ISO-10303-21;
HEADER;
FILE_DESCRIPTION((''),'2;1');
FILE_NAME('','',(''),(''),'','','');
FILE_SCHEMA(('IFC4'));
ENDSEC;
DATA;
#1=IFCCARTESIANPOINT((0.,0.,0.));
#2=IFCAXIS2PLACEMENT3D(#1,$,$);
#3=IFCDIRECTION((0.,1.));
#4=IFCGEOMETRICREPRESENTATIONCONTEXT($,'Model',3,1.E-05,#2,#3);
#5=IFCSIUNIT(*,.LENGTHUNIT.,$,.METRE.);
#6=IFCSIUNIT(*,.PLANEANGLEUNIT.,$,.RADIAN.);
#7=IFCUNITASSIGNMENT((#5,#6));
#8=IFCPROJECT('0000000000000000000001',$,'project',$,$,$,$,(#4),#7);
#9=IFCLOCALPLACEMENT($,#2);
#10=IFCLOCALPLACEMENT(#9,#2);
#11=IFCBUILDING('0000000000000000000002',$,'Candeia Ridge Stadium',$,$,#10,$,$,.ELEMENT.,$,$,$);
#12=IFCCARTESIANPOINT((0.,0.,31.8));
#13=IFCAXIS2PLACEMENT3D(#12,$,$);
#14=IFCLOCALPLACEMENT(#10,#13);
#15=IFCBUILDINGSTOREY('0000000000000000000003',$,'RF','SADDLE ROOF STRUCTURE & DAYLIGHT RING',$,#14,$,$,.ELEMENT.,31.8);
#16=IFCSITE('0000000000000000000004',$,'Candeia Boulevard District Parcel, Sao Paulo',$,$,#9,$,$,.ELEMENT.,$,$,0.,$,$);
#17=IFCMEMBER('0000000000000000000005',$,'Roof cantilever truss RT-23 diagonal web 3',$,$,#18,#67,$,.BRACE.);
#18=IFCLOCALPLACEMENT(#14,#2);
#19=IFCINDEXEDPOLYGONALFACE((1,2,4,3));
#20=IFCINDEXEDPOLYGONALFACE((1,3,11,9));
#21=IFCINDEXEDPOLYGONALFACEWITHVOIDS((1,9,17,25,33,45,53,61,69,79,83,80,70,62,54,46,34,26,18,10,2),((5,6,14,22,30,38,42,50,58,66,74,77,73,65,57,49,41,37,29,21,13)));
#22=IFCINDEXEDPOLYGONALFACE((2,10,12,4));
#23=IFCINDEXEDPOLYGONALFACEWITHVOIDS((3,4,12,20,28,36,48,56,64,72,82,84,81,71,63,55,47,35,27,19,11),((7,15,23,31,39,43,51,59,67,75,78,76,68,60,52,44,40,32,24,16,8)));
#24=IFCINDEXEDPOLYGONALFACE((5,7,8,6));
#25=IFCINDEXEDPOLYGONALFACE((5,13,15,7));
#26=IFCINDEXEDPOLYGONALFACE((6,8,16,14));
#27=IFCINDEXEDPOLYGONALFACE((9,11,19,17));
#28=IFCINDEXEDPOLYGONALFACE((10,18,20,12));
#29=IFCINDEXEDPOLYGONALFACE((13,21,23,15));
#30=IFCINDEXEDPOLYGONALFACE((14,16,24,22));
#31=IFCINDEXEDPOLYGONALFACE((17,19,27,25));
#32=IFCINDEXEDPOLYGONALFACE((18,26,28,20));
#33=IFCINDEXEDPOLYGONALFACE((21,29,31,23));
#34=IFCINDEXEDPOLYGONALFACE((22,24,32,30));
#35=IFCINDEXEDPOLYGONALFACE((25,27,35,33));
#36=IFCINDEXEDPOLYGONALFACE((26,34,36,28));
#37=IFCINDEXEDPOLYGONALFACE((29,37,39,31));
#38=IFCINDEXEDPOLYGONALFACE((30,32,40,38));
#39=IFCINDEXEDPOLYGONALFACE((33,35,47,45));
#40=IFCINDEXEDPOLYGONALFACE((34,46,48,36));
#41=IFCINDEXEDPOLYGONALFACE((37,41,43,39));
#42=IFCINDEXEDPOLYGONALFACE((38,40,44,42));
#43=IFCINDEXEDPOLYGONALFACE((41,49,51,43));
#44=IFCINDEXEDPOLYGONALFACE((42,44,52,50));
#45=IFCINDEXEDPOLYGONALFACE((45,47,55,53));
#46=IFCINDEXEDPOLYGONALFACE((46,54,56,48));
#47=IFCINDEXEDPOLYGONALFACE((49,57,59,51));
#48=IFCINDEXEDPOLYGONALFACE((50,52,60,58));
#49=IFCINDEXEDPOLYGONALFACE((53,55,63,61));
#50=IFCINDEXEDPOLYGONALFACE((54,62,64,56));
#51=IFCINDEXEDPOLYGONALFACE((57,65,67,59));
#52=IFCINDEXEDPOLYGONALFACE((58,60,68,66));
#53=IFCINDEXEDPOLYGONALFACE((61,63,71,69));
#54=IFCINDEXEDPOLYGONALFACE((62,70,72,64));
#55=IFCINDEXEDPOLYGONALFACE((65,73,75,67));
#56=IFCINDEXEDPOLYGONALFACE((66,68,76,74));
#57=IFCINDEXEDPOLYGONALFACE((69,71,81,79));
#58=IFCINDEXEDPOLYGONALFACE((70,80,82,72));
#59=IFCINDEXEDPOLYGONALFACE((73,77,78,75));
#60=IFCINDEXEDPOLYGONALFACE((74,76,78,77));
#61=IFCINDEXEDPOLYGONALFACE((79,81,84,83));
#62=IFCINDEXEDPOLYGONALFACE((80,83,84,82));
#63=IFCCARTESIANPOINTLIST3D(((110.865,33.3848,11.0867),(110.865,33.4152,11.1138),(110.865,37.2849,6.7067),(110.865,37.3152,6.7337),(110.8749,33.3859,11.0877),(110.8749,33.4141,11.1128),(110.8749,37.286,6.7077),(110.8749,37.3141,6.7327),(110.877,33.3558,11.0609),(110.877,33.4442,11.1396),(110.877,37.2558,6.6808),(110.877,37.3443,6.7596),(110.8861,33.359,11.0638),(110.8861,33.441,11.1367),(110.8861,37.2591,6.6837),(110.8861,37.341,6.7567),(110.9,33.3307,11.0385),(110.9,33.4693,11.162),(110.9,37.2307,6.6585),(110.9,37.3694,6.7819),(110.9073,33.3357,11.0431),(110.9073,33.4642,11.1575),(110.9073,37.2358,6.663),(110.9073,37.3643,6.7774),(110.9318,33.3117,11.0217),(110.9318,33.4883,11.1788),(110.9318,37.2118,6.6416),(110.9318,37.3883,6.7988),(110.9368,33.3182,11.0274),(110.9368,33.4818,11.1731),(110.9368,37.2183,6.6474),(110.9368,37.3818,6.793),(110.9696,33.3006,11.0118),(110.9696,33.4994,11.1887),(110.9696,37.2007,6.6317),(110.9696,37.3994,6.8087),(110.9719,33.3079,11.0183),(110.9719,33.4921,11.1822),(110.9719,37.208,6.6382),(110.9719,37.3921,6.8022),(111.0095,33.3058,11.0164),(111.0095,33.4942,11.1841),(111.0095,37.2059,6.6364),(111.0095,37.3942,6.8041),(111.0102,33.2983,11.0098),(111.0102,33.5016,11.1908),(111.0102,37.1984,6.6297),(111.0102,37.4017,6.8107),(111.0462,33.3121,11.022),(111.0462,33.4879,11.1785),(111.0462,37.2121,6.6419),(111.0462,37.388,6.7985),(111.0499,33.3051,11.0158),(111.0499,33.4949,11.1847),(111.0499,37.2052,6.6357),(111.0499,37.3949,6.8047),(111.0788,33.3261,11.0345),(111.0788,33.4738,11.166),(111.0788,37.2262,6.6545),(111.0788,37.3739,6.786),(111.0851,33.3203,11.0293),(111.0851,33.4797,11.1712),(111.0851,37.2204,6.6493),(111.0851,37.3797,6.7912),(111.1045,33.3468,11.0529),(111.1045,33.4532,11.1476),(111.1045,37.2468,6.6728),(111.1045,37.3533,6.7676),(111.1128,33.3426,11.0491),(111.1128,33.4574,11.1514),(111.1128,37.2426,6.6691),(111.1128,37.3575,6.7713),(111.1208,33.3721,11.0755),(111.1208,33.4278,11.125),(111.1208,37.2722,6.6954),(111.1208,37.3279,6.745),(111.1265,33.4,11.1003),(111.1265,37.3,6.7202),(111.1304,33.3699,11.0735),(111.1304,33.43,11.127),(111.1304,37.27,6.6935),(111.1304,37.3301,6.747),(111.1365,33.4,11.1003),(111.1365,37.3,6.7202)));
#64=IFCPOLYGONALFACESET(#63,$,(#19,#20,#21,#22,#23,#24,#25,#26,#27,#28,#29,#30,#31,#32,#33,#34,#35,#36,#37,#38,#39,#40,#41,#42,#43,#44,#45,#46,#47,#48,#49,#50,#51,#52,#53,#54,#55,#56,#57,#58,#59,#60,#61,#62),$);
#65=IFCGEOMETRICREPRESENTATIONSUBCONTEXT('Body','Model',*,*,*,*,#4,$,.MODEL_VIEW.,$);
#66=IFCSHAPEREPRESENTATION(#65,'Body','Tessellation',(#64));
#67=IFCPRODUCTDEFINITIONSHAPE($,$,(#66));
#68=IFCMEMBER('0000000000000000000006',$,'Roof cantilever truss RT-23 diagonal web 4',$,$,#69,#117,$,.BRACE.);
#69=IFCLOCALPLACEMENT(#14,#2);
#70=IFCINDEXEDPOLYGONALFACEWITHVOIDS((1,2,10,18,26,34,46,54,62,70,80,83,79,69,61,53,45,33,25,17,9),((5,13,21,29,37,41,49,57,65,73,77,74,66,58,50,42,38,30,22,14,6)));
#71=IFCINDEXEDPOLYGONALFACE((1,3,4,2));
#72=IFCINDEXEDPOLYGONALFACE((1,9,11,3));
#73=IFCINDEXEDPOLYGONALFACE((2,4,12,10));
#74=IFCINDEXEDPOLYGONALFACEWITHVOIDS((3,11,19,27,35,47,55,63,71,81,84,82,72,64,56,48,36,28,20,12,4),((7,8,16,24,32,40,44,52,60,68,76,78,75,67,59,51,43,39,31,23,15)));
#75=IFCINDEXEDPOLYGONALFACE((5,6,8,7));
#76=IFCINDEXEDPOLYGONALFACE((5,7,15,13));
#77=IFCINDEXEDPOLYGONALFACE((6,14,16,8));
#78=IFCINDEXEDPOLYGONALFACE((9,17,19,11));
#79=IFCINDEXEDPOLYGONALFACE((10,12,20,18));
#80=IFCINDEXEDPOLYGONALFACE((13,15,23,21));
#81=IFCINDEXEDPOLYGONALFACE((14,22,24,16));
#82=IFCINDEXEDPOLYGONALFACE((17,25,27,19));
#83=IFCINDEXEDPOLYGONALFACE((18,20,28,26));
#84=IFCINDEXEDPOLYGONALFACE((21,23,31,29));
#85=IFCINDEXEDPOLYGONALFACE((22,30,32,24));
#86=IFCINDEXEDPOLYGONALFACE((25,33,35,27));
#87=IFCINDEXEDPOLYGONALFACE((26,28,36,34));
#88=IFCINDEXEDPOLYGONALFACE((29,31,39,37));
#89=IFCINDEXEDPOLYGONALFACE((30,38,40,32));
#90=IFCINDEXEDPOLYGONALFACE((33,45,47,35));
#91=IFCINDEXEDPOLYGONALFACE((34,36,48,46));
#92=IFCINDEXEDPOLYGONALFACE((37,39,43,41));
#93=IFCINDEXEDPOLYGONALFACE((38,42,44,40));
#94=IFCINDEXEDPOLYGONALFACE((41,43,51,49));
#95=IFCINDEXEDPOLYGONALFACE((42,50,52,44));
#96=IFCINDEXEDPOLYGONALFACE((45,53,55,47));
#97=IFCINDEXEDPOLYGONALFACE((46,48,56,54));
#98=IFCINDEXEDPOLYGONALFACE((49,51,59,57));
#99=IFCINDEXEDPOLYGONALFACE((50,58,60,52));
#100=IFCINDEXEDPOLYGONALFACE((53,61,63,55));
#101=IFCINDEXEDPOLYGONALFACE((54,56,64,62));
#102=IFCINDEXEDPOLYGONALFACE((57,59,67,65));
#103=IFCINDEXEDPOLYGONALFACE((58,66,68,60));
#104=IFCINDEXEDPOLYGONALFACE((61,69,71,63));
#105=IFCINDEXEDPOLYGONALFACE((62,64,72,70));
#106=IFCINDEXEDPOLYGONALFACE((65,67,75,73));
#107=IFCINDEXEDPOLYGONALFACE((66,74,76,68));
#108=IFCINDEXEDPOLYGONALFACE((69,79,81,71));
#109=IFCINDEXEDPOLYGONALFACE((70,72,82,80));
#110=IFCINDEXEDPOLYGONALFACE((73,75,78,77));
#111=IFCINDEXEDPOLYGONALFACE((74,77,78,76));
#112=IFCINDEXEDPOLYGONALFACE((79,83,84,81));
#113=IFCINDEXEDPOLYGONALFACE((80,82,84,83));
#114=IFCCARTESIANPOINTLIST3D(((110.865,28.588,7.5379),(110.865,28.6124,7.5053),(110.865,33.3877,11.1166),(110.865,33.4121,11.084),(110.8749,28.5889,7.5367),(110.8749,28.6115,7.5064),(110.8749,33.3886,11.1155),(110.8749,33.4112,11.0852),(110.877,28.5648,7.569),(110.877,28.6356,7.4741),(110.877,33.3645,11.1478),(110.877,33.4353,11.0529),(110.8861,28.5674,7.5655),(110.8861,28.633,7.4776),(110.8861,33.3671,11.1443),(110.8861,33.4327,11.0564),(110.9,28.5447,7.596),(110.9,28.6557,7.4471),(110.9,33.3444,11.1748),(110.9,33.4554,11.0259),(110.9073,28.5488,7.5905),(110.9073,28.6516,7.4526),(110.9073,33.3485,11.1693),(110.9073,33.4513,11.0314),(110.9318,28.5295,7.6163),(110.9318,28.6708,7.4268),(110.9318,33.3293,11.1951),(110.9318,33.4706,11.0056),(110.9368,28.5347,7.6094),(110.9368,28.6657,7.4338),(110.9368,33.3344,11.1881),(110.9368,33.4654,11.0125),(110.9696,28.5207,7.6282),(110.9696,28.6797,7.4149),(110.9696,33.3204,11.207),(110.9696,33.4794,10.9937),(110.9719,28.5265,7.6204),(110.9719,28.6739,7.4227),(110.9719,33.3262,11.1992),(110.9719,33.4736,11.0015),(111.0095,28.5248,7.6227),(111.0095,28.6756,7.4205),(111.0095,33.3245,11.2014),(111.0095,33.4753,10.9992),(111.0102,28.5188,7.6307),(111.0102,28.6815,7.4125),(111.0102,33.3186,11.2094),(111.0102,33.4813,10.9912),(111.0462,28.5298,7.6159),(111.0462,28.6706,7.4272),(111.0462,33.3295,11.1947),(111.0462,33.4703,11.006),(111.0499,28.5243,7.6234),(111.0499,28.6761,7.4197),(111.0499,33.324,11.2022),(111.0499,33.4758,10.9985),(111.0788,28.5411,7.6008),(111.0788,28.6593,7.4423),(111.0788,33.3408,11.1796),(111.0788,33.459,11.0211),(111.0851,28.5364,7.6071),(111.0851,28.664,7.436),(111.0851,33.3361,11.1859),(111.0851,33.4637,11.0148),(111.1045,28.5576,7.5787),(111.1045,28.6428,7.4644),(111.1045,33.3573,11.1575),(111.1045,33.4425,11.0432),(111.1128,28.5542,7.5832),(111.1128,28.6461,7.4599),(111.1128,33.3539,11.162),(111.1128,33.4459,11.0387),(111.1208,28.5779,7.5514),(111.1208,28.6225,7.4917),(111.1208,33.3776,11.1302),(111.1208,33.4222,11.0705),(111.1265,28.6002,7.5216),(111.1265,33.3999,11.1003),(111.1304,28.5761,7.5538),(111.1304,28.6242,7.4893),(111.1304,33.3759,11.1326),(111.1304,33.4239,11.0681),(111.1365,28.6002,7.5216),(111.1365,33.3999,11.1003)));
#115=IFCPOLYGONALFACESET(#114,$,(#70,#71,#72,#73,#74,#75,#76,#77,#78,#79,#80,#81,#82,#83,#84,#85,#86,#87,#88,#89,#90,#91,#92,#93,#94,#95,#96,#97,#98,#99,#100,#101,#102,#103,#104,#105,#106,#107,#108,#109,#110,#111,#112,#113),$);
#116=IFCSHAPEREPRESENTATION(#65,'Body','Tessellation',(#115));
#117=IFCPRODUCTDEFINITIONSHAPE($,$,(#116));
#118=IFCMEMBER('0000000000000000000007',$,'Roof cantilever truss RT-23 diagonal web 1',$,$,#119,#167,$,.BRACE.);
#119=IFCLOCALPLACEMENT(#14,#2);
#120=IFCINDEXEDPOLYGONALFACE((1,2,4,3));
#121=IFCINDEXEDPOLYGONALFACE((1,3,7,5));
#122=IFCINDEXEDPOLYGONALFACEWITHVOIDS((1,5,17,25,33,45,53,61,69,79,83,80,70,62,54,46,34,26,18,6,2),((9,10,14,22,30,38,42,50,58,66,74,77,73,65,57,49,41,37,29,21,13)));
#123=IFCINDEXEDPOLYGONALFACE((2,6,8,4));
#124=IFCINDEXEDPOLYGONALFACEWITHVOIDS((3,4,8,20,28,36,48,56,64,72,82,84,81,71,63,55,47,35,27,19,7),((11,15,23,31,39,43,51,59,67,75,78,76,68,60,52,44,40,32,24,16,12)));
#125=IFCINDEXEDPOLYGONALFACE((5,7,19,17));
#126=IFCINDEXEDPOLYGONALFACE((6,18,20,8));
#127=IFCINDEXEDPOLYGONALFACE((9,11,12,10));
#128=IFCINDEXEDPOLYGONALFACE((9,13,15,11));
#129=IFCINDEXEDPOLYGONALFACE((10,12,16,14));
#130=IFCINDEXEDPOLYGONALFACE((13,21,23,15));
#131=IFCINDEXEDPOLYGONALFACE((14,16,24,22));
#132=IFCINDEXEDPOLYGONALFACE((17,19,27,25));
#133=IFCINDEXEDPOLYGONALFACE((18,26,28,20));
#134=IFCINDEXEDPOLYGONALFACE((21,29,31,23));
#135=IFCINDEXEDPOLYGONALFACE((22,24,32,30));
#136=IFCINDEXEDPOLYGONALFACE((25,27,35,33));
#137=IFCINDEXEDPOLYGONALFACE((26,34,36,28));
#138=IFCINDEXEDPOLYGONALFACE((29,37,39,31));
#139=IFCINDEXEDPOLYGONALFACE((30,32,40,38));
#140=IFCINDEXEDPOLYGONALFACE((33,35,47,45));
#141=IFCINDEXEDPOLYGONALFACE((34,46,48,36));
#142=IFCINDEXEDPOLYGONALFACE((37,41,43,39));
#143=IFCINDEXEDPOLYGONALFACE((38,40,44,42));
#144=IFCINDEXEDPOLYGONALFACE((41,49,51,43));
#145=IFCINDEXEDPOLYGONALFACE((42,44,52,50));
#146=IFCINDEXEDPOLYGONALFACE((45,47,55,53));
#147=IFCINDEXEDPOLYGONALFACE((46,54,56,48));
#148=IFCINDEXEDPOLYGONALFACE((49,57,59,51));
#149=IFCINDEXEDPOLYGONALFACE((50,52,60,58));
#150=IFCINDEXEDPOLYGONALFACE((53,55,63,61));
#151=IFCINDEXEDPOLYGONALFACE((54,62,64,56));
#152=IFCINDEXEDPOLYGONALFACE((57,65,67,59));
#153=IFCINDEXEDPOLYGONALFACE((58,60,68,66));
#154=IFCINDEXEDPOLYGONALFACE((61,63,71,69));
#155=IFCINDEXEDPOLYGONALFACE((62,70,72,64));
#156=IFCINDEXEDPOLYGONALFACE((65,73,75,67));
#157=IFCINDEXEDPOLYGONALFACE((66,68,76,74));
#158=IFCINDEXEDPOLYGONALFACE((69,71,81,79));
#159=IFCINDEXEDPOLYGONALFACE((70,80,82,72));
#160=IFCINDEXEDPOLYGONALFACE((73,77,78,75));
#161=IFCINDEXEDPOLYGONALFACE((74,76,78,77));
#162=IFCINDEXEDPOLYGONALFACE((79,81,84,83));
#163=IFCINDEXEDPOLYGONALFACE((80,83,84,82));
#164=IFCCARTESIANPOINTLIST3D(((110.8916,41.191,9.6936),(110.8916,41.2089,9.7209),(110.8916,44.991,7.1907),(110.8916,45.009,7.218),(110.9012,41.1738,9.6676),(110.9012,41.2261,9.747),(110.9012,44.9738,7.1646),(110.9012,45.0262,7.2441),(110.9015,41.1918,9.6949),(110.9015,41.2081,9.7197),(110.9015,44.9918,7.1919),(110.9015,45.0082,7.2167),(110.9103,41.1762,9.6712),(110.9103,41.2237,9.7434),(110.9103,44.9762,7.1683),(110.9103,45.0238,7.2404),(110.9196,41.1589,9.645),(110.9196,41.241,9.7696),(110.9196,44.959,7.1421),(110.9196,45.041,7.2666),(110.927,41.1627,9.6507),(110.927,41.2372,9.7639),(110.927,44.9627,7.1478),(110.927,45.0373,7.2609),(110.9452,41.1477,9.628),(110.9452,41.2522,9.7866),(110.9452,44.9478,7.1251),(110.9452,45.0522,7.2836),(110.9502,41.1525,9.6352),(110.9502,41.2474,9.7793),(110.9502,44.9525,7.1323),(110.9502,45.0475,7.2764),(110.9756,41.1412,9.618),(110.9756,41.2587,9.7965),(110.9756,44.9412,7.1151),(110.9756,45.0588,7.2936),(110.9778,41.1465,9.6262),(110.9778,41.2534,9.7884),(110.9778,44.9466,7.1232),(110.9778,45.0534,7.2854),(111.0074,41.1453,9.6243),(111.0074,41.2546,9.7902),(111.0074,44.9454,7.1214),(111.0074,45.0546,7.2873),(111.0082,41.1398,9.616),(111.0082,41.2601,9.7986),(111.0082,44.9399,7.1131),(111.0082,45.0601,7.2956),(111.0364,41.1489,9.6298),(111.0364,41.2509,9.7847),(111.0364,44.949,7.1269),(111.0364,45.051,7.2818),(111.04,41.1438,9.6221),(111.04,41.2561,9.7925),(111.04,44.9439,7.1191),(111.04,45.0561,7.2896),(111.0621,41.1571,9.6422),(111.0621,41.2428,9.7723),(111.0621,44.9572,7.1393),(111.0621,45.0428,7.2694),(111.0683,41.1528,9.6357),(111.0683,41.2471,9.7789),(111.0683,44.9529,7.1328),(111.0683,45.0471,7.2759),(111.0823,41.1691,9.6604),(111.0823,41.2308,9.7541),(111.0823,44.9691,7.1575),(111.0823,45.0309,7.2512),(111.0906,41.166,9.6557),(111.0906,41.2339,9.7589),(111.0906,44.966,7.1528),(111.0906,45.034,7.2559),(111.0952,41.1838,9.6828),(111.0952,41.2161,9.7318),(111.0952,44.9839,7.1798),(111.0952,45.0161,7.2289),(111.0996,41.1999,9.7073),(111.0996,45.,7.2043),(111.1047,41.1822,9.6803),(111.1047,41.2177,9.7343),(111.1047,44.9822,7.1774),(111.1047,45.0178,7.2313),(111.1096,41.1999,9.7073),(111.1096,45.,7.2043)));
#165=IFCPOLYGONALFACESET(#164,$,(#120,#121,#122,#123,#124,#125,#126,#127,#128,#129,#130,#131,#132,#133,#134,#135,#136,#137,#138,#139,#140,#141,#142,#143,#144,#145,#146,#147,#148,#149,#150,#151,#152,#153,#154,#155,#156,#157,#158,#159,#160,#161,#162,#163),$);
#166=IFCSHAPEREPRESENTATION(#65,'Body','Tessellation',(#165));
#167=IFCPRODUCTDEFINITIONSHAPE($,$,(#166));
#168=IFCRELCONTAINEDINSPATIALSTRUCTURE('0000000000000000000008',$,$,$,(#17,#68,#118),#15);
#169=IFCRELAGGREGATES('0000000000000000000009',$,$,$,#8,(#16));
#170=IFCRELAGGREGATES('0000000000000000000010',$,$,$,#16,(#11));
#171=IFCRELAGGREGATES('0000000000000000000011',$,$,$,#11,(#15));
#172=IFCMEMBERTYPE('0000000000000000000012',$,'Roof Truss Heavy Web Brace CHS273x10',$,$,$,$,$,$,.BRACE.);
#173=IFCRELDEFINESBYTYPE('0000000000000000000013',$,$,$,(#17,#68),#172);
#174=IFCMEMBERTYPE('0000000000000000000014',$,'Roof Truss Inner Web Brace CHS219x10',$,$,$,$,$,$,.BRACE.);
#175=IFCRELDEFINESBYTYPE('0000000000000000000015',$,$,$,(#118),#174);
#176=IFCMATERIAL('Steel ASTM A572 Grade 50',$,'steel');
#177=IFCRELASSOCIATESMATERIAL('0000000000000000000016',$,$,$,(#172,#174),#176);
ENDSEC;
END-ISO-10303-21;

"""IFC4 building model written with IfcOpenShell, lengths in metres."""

from ifc_helpers import new_model, si_unit, direction, frame, origin, origin_2d, place, context, subcontext, project, spatial, hollow_circle, extrude, material, material_profile, profile_set, type_object, element, save


model = new_model("IFC4")

# Units and contexts
model_context = context("Model", 3, precision=1e-05, world=origin(), true_north=direction((0.0, 1.0)))
body_context = subcontext(model_context, "Body", "Model", "MODEL_VIEW")
ifc_project = project(units=[si_unit("LENGTHUNIT", "METRE"), si_unit("PLANEANGLEUNIT", "RADIAN")], contexts=[model_context])

# Site, building, storey
site_placement = place(None, origin())
site = spatial("IfcSite", under=ifc_project, at=site_placement, Name="Candeia Boulevard District Parcel, Sao Paulo", CompositionType="ELEMENT", RefElevation=0.0)
building_placement = place(site_placement, origin())
building = spatial("IfcBuilding", under=site, at=building_placement, Name="Candeia Ridge Stadium", CompositionType="ELEMENT")
storey_placement = place(building_placement, frame((0.0, 0.0, 31.8)))
storey = spatial("IfcBuildingStorey", under=building, at=storey_placement, Name="RF", Description="SADDLE ROOF STRUCTURE & DAYLIGHT RING", CompositionType="ELEMENT", Elevation=31.8)

# Shared definitions
ifc_material_1 = material(Name="Steel ASTM A572 Grade 50", Category="steel")

# Members
ifc_material_profile_1 = material_profile(ifc_material_1, hollow_circle(Radius=0.1365, WallThickness=0.01, at=origin_2d()), Name="CHS273x10", Category="steel")
ifc_profile_set_1 = profile_set([ifc_material_profile_1], Name="Steel ASTM A572 Grade 50")
member_type_1 = type_object("IfcMemberType", Name="Roof Truss Heavy Web Brace CHS273x10", PredefinedType="BRACE", material=ifc_profile_set_1)
member_1_placement = place(storey_placement, frame((111.0, 37.3, 6.7202), z_axis=(0.0, -0.665002, 0.746842), x_axis=(1.0, 0.0, 0.0)))
element("IfcMember", 1, at=member_1_placement, inside=storey, type_object=member_type_1, Name="Roof cantilever truss RT-23 diagonal web 3", PredefinedType="BRACE", context=body_context, shape_type="SweptSolid", body=[
    extrude(hollow_circle(Radius=0.1365, WallThickness=0.01, at=origin_2d()), origin(), (0.0, 0.0, 1.0), 5.8647),
])
member_2_placement = place(storey_placement, frame((111.0, 33.3999, 11.1003), z_axis=(0.0, -0.80168, -0.597753), x_axis=(1.0, 0.0, 0.0)))
element("IfcMember", 2, at=member_2_placement, inside=storey, type_object=member_type_1, Name="Roof cantilever truss RT-23 diagonal web 4", PredefinedType="BRACE", context=body_context, shape_type="SweptSolid", body=[
    extrude(hollow_circle(Radius=0.1365, WallThickness=0.01, at=origin_2d()), origin(), (0.0, 0.0, 1.0), 5.9871),
])
ifc_material_profile_2 = material_profile(ifc_material_1, hollow_circle(Radius=0.1096, WallThickness=0.01, at=origin_2d()), Name="CHS219x10", Category="steel")
ifc_profile_set_2 = profile_set([ifc_material_profile_2], Name="Steel ASTM A572 Grade 50")
member_type_2 = type_object("IfcMemberType", Name="Roof Truss Inner Web Brace CHS219x10", PredefinedType="BRACE", material=ifc_profile_set_2)
member_3_placement = place(storey_placement, frame((111.0, 45.0, 7.2043), z_axis=(0.0, -0.835125, 0.550061), x_axis=(1.0, 0.0, 0.0)))
element("IfcMember", 3, at=member_3_placement, inside=storey, type_object=member_type_2, Name="Roof cantilever truss RT-23 diagonal web 1", PredefinedType="BRACE", context=body_context, shape_type="SweptSolid", body=[
    extrude(hollow_circle(Radius=0.1096, WallThickness=0.01, at=origin_2d()), origin(), (0.0, 0.0, 1.0), 4.5503),
])

save(model, "model.ifc")
